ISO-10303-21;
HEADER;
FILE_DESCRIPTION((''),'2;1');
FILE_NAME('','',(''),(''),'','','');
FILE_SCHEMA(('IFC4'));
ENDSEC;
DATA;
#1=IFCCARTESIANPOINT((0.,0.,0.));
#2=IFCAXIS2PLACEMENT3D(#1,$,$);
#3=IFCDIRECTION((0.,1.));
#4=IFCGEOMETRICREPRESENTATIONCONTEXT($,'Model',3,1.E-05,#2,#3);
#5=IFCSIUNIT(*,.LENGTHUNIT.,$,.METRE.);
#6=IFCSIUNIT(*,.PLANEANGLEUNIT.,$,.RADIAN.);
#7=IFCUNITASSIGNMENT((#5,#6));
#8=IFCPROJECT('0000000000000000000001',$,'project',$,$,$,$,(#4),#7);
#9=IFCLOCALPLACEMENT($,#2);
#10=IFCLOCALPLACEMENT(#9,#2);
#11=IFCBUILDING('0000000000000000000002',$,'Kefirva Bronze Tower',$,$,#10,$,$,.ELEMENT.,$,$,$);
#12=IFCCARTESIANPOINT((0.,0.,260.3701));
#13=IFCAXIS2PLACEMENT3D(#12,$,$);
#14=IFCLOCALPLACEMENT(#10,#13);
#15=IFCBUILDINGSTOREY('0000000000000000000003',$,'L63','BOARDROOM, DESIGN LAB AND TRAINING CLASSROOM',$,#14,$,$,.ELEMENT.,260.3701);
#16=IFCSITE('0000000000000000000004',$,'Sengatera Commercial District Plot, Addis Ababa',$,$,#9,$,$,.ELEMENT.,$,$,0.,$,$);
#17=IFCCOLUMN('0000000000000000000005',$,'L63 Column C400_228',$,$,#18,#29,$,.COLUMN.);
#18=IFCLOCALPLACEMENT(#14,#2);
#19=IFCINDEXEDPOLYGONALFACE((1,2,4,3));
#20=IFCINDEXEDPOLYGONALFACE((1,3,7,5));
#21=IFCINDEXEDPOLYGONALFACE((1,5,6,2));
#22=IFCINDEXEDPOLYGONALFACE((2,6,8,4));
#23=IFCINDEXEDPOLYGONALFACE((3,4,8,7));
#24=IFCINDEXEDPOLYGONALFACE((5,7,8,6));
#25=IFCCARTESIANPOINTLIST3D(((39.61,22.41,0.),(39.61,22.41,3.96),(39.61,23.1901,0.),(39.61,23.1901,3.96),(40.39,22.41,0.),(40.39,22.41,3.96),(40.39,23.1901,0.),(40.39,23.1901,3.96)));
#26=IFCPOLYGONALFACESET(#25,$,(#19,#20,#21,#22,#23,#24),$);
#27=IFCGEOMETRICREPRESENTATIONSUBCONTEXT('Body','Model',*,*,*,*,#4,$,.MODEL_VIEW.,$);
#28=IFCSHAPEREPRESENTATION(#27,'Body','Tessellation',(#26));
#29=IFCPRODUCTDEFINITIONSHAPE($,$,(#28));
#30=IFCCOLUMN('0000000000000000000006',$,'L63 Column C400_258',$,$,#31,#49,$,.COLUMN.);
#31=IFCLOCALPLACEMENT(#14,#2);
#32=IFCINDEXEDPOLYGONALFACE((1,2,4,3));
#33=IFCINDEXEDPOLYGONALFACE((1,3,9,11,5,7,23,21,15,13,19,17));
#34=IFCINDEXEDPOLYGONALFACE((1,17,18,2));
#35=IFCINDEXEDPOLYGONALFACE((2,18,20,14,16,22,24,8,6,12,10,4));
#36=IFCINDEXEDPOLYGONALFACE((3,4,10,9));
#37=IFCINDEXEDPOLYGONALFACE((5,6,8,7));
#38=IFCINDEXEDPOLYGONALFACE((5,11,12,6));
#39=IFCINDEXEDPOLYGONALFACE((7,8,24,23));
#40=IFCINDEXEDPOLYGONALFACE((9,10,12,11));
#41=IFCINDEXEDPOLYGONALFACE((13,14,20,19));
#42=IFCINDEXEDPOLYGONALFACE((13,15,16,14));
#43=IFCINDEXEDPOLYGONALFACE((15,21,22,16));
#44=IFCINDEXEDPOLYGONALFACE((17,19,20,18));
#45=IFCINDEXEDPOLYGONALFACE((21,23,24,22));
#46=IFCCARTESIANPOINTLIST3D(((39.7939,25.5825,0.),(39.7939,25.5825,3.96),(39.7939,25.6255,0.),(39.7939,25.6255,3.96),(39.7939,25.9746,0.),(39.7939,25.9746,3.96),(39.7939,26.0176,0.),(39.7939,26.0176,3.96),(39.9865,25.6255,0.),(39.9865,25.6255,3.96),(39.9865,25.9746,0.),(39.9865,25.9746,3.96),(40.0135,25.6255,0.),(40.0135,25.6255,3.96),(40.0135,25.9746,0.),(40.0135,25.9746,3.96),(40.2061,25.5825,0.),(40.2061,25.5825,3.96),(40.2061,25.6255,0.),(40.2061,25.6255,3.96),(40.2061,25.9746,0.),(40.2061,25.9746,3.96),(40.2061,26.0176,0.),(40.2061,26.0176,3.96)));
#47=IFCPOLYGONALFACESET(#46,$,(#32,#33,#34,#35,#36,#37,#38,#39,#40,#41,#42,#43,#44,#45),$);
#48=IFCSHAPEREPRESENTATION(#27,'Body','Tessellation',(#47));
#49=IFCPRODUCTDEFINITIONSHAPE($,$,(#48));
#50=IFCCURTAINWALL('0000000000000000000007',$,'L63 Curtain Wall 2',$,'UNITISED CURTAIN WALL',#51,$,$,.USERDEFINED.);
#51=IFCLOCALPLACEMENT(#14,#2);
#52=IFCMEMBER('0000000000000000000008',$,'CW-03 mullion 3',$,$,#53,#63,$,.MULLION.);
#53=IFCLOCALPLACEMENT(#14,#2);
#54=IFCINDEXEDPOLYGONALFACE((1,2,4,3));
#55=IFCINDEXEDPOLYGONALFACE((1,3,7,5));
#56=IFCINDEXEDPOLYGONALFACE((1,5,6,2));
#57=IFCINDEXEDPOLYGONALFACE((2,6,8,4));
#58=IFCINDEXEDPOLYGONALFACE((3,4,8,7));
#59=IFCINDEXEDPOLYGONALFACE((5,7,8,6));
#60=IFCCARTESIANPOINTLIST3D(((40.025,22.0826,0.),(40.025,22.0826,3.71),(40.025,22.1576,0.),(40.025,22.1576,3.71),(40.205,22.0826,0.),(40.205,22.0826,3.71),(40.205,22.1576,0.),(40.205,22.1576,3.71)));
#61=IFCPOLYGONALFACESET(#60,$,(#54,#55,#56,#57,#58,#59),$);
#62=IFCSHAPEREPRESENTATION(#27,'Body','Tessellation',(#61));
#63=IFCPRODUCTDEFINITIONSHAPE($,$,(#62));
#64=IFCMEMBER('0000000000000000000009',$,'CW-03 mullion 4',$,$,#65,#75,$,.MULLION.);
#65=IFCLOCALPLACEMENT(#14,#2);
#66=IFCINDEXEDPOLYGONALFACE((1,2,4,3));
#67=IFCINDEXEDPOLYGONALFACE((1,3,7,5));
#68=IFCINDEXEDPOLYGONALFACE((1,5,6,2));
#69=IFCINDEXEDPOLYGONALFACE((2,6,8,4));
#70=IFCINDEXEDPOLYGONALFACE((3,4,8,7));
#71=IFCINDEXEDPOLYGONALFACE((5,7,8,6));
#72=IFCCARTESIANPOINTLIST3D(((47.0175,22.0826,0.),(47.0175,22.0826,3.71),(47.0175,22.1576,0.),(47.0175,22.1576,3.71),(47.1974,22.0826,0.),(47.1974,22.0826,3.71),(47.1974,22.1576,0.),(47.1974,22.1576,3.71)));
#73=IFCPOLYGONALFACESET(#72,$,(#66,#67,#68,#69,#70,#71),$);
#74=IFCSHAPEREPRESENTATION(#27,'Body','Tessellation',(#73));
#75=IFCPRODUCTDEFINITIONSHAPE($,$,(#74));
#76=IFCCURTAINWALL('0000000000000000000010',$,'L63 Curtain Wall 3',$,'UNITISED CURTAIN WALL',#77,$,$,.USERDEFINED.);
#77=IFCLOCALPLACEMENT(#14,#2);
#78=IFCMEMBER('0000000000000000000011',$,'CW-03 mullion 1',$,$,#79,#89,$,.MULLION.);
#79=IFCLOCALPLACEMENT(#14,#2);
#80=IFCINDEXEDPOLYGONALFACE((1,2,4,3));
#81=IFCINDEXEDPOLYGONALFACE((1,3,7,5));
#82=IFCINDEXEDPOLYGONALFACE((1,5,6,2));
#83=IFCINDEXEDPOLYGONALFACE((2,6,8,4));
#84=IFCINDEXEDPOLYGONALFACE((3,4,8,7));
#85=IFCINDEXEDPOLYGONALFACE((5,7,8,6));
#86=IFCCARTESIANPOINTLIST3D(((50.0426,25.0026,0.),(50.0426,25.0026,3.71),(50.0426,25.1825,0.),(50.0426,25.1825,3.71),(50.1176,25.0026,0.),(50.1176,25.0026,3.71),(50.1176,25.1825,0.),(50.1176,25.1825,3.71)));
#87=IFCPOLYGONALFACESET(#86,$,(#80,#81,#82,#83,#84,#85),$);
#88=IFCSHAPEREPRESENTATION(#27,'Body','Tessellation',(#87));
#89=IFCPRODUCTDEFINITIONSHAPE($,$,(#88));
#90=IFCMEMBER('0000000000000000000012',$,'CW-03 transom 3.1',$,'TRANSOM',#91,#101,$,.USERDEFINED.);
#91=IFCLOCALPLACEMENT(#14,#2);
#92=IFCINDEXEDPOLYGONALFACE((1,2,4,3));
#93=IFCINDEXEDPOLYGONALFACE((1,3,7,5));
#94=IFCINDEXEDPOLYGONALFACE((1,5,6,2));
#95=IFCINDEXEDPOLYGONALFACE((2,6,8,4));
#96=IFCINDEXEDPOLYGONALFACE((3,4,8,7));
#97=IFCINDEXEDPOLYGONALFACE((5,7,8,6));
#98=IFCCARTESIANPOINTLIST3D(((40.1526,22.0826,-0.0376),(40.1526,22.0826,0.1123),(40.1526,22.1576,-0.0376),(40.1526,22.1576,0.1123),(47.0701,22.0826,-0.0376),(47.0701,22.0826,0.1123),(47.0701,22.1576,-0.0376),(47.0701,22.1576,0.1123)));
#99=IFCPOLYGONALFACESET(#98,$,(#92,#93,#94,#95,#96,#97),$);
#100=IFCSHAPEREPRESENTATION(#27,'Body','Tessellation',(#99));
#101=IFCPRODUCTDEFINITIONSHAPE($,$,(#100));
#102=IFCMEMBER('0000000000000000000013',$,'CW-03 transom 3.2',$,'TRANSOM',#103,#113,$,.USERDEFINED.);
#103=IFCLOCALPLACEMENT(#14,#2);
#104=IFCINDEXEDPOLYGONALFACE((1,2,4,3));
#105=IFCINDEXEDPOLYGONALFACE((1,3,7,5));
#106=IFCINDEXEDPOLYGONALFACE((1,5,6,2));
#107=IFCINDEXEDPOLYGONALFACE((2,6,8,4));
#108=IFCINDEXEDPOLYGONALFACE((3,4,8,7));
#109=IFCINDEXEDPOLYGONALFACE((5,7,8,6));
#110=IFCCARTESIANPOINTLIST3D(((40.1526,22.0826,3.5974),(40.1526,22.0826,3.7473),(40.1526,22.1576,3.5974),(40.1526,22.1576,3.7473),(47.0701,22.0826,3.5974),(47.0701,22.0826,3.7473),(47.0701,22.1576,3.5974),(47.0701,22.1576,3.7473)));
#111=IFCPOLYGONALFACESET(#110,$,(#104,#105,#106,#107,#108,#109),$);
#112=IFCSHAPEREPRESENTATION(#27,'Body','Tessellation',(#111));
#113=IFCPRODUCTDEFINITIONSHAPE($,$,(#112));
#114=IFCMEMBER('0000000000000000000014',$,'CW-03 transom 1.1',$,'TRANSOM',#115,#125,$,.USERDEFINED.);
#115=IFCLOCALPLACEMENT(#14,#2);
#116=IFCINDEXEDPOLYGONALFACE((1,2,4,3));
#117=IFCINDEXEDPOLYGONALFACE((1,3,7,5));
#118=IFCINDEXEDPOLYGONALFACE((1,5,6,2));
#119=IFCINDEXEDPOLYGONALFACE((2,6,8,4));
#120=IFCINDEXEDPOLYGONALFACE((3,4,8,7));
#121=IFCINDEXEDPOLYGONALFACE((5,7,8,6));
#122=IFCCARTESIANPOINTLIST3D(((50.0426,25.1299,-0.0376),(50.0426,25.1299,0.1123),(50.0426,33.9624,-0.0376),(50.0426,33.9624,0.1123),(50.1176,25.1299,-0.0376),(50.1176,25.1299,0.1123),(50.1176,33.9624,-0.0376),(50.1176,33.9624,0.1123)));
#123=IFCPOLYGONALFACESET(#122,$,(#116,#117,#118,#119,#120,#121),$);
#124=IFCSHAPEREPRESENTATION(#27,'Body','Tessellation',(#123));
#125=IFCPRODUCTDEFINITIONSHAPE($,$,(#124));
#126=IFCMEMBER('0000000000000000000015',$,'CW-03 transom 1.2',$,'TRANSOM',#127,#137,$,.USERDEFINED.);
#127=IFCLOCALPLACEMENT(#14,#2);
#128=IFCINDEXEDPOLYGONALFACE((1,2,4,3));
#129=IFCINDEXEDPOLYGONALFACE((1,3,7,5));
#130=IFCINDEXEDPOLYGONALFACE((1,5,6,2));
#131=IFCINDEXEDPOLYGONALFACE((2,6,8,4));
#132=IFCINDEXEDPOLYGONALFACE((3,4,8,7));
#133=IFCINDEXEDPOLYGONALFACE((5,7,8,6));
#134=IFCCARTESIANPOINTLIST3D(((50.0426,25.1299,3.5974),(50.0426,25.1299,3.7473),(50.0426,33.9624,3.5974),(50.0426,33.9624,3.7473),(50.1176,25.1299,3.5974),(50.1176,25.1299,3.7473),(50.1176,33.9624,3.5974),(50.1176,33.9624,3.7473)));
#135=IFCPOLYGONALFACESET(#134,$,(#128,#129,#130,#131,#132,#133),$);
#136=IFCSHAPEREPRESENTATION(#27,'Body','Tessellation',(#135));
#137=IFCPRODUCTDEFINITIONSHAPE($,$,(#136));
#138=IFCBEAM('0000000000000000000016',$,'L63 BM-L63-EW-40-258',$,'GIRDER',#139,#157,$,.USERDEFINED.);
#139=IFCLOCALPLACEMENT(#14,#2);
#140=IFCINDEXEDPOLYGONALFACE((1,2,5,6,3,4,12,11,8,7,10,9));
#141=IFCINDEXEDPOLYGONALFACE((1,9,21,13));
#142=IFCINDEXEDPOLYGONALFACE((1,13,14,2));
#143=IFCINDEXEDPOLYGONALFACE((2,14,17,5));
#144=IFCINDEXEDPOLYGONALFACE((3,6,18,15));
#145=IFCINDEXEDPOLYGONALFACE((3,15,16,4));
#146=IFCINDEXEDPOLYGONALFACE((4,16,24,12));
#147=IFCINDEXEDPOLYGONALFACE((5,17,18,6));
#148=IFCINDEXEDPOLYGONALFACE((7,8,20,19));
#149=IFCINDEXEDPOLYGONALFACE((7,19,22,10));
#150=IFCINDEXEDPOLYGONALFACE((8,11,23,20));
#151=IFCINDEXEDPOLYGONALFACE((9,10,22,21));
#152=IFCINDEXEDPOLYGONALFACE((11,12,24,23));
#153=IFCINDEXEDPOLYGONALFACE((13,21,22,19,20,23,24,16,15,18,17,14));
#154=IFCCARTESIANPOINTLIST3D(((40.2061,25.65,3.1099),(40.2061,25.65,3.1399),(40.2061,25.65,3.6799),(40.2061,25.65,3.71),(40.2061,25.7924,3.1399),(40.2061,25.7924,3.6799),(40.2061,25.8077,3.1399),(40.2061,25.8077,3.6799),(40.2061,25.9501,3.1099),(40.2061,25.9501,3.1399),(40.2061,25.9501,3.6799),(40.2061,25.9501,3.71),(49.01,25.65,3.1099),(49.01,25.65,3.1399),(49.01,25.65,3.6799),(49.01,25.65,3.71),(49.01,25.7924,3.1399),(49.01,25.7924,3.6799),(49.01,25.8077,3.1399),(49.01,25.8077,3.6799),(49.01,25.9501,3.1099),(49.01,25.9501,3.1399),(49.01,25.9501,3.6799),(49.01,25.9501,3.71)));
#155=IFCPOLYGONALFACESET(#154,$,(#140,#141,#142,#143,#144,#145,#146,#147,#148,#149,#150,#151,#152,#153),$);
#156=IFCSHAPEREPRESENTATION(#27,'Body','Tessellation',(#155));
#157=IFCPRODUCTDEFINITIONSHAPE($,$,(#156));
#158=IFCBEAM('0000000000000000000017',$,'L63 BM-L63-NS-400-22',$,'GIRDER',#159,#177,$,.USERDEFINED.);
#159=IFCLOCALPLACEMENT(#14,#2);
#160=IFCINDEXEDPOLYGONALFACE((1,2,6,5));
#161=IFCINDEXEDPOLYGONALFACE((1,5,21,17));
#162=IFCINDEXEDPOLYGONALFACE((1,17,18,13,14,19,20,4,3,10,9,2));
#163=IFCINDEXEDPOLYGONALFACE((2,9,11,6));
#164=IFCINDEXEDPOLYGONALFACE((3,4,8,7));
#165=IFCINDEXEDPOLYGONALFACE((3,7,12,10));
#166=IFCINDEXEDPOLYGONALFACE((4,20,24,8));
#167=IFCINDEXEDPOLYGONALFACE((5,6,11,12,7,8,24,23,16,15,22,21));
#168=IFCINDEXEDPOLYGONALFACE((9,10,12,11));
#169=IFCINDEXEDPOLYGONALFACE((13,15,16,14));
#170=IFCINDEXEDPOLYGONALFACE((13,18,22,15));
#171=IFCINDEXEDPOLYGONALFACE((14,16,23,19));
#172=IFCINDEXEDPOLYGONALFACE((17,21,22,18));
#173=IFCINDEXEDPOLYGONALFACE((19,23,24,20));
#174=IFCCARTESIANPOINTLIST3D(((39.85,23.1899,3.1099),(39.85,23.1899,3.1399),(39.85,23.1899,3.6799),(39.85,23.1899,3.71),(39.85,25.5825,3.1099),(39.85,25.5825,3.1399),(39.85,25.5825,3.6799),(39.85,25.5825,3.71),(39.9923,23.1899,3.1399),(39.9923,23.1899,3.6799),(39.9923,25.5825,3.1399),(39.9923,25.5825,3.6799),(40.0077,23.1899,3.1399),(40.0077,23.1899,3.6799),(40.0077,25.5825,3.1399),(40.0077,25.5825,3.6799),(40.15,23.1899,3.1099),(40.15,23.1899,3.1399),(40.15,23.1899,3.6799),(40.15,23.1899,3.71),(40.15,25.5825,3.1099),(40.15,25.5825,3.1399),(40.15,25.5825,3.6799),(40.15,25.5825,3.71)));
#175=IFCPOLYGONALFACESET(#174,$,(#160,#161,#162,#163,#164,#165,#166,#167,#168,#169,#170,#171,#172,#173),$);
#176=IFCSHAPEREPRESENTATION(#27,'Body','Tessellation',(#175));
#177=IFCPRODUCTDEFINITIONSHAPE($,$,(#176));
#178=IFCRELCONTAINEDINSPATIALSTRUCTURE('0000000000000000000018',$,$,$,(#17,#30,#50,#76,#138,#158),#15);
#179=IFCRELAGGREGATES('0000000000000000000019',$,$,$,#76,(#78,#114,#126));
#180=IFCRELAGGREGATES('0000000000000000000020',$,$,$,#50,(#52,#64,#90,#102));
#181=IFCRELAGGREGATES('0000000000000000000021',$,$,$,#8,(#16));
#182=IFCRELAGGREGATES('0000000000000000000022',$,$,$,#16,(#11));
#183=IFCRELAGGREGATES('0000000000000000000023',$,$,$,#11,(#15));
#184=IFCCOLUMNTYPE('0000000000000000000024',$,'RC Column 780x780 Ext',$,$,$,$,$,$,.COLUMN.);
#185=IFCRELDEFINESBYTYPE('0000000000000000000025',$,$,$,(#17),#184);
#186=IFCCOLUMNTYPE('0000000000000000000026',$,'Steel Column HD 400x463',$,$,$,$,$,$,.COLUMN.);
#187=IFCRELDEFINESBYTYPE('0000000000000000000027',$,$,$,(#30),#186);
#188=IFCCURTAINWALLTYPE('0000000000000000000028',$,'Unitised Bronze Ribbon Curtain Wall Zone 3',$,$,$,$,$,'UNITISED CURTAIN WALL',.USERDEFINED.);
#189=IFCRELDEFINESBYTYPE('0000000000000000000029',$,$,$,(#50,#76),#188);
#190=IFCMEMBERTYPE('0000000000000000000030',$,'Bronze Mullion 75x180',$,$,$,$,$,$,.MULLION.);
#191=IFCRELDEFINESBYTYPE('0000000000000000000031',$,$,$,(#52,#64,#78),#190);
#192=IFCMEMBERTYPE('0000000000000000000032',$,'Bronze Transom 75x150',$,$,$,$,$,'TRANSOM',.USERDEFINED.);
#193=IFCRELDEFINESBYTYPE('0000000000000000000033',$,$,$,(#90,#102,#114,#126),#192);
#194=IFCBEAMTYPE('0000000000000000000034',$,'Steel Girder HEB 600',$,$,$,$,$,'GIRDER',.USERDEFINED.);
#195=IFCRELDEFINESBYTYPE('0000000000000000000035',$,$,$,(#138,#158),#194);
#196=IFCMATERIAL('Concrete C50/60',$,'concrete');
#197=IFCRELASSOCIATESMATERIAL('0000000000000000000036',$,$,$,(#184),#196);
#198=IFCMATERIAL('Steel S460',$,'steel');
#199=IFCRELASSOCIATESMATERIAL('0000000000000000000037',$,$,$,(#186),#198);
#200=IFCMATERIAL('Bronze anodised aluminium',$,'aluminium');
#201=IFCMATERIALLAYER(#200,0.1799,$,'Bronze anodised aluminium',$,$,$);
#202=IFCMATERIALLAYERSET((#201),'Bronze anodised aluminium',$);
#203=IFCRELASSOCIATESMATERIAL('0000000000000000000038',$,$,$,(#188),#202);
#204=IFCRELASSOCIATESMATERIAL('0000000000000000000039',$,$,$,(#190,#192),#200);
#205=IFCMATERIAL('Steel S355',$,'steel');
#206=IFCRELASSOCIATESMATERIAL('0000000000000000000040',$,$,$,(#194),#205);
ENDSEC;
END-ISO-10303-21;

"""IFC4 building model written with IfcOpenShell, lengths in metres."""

from ifc_helpers import new_model, si_unit, direction, frame, origin, origin_2d, place, context, subcontext, project, spatial, rectangle, i_section, extrude, material, layer, layer_set, material_profile, profile_set, type_object, element, aggregate, save


model = new_model("IFC4")

# Units and contexts
model_context = context("Model", 3, precision=1e-05, world=origin(), true_north=direction((0.0, 1.0)))
body_context = subcontext(model_context, "Body", "Model", "MODEL_VIEW")
ifc_project = project(units=[si_unit("LENGTHUNIT", "METRE"), si_unit("PLANEANGLEUNIT", "RADIAN")], contexts=[model_context])

# Site, building, storey
site_placement = place(None, origin())
site = spatial("IfcSite", under=ifc_project, at=site_placement, Name="Sengatera Commercial District Plot, Addis Ababa", CompositionType="ELEMENT", RefElevation=0.0)
building_placement = place(site_placement, origin())
building = spatial("IfcBuilding", under=site, at=building_placement, Name="Kefirva Bronze Tower", CompositionType="ELEMENT")
storey_placement = place(building_placement, frame((0.0, 0.0, 260.3701)))
storey = spatial("IfcBuildingStorey", under=building, at=storey_placement, Name="L63", Description="BOARDROOM, DESIGN LAB AND TRAINING CLASSROOM", CompositionType="ELEMENT", Elevation=260.3701)

# Columns
ifc_material_1 = material(Name="Concrete C50/60", Category="concrete")
ifc_material_profile_1 = material_profile(ifc_material_1, rectangle(XDim=0.78, YDim=0.78, at=origin_2d()), Name="RC 780x780")
ifc_profile_set_1 = profile_set([ifc_material_profile_1], Name="Concrete C50/60")
column_type_1 = type_object("IfcColumnType", Name="RC Column 780x780 Ext", PredefinedType="COLUMN", material=ifc_profile_set_1)
column_1_placement = place(storey_placement, frame((40.0, 22.8, 0.0), z_axis=(0.0, 0.0, 1.0), x_axis=(1.0, 0.0, 0.0)))
element("IfcColumn", 1, at=column_1_placement, inside=storey, type_object=column_type_1, Name="L63 Column C400_228", PredefinedType="COLUMN", context=body_context, shape_type="SweptSolid", body=[
    extrude(rectangle(XDim=0.78, YDim=0.78, at=origin_2d()), origin(), (0.0, 0.0, 1.0), 3.96),
])
ifc_material_2 = material(Name="Steel S460", Category="steel")
ifc_material_profile_2 = material_profile(ifc_material_2, i_section(OverallWidth=0.4121, OverallDepth=0.4351, WebThickness=0.0271, FlangeThickness=0.043, at=origin_2d()), Name="HD 400x463")
ifc_profile_set_2 = profile_set([ifc_material_profile_2], Name="Steel S460")
column_type_2 = type_object("IfcColumnType", Name="Steel Column HD 400x463", PredefinedType="COLUMN", material=ifc_profile_set_2)
column_2_placement = place(storey_placement, frame((40.0, 25.8, 0.0), z_axis=(0.0, 0.0, 1.0), x_axis=(1.0, 0.0, 0.0)))
element("IfcColumn", 2, at=column_2_placement, inside=storey, type_object=column_type_2, Name="L63 Column C400_258", PredefinedType="COLUMN", context=body_context, shape_type="SweptSolid", body=[
    extrude(i_section(OverallWidth=0.4121, OverallDepth=0.4351, WebThickness=0.0271, FlangeThickness=0.043, at=origin_2d()), origin(), (0.0, 0.0, 1.0), 3.96),
])

# Curtain wall, members
ifc_material_3 = material(Name="Bronze anodised aluminium", Category="aluminium")
ifc_layer_1 = layer(ifc_material_3, 0.1799, Name="Bronze anodised aluminium")
ifc_layer_set_1 = layer_set([ifc_layer_1], Name="Bronze anodised aluminium")
curtain_wall_type = type_object("IfcCurtainWallType", Name="Unitised Bronze Ribbon Curtain Wall Zone 3", ElementType="UNITISED CURTAIN WALL", PredefinedType="USERDEFINED", material=ifc_layer_set_1)
curtain_wall_1_placement = place(storey_placement, origin())
curtain_wall_1 = element("IfcCurtainWall", 3, at=curtain_wall_1_placement, inside=storey, type_object=curtain_wall_type, Name="L63 Curtain Wall 2", ObjectType="UNITISED CURTAIN WALL", PredefinedType="USERDEFINED")
ifc_material_profile_3 = material_profile(ifc_material_3, rectangle(XDim=0.075, YDim=0.1799, at=origin_2d()), Name="ALU 75x180")
ifc_profile_set_3 = profile_set([ifc_material_profile_3], Name="Bronze anodised aluminium")
member_type_1 = type_object("IfcMemberType", Name="Bronze Mullion 75x180", PredefinedType="MULLION", material=ifc_profile_set_3)
member_1_placement = place(storey_placement, frame((40.115, 22.1201, 0.0), z_axis=(0.0, 0.0, 1.0), x_axis=(0.0, 1.0, 0.0)))
member_1 = element("IfcMember", 4, at=member_1_placement, type_object=member_type_1, Name="CW-03 mullion 3", PredefinedType="MULLION", context=body_context, shape_type="SweptSolid", body=[
    extrude(rectangle(XDim=0.075, YDim=0.1799, at=origin_2d()), origin(), (0.0, 0.0, 1.0), 3.71),
])
member_2_placement = place(storey_placement, frame((47.1074, 22.1201, 0.0), z_axis=(0.0, 0.0, 1.0), x_axis=(0.0, 1.0, 0.0)))
member_2 = element("IfcMember", 5, at=member_2_placement, type_object=member_type_1, Name="CW-03 mullion 4", PredefinedType="MULLION", context=body_context, shape_type="SweptSolid", body=[
    extrude(rectangle(XDim=0.075, YDim=0.1799, at=origin_2d()), origin(), (0.0, 0.0, 1.0), 3.71),
])

# Curtain wall, member
curtain_wall_2_placement = place(storey_placement, origin())
curtain_wall_2 = element("IfcCurtainWall", 6, at=curtain_wall_2_placement, inside=storey, type_object=curtain_wall_type, Name="L63 Curtain Wall 3", ObjectType="UNITISED CURTAIN WALL", PredefinedType="USERDEFINED")
member_3_placement = place(storey_placement, frame((50.0801, 25.0925, 0.0), z_axis=(0.0, 0.0, 1.0), x_axis=(-1.0, 0.0, 0.0)))
member_3 = element("IfcMember", 7, at=member_3_placement, type_object=member_type_1, Name="CW-03 mullion 1", PredefinedType="MULLION", context=body_context, shape_type="SweptSolid", body=[
    extrude(rectangle(XDim=0.075, YDim=0.1799, at=origin_2d()), origin(), (0.0, 0.0, 1.0), 3.71),
])

# Members
ifc_material_profile_4 = material_profile(ifc_material_3, rectangle(XDim=0.075, YDim=0.1499, at=origin_2d()), Name="ALU 75x150")
ifc_profile_set_4 = profile_set([ifc_material_profile_4], Name="Bronze anodised aluminium")
member_type_2 = type_object("IfcMemberType", Name="Bronze Transom 75x150", ElementType="TRANSOM", PredefinedType="USERDEFINED", material=ifc_profile_set_4)
member_4_placement = place(storey_placement, frame((40.1526, 22.1201, 0.0374), z_axis=(1.0, 0.0, 0.0), x_axis=(0.0, 1.0, 0.0)))
member_4 = element("IfcMember", 8, at=member_4_placement, type_object=member_type_2, Name="CW-03 transom 3.1", ObjectType="TRANSOM", PredefinedType="USERDEFINED", context=body_context, shape_type="SweptSolid", body=[
    extrude(rectangle(XDim=0.075, YDim=0.1499, at=origin_2d()), origin(), (0.0, 0.0, 1.0), 6.9175),
])
member_5_placement = place(storey_placement, frame((40.1526, 22.1201, 3.6724), z_axis=(1.0, 0.0, 0.0), x_axis=(0.0, 1.0, 0.0)))
member_5 = element("IfcMember", 9, at=member_5_placement, type_object=member_type_2, Name="CW-03 transom 3.2", ObjectType="TRANSOM", PredefinedType="USERDEFINED", context=body_context, shape_type="SweptSolid", body=[
    extrude(rectangle(XDim=0.075, YDim=0.1499, at=origin_2d()), origin(), (0.0, 0.0, 1.0), 6.9175),
])
member_6_placement = place(storey_placement, frame((50.0801, 25.1299, 0.0374), z_axis=(0.0, 1.0, 0.0), x_axis=(-1.0, 0.0, 0.0)))
member_6 = element("IfcMember", 10, at=member_6_placement, type_object=member_type_2, Name="CW-03 transom 1.1", ObjectType="TRANSOM", PredefinedType="USERDEFINED", context=body_context, shape_type="SweptSolid", body=[
    extrude(rectangle(XDim=0.075, YDim=0.1499, at=origin_2d()), origin(), (0.0, 0.0, 1.0), 8.8325),
])
member_7_placement = place(storey_placement, frame((50.0801, 25.1299, 3.6724), z_axis=(0.0, 1.0, 0.0), x_axis=(-1.0, 0.0, 0.0)))
member_7 = element("IfcMember", 11, at=member_7_placement, type_object=member_type_2, Name="CW-03 transom 1.2", ObjectType="TRANSOM", PredefinedType="USERDEFINED", context=body_context, shape_type="SweptSolid", body=[
    extrude(rectangle(XDim=0.075, YDim=0.1499, at=origin_2d()), origin(), (0.0, 0.0, 1.0), 8.8325),
])
aggregate(curtain_wall_2, [member_3, member_6, member_7])

# Beams
ifc_material_4 = material(Name="Steel S355", Category="steel")
ifc_material_profile_5 = material_profile(ifc_material_4, i_section(OverallWidth=0.3, OverallDepth=0.6001, WebThickness=0.0154, FlangeThickness=0.03, at=origin_2d()), Name="HEB 600")
ifc_profile_set_5 = profile_set([ifc_material_profile_5], Name="Steel S355")
beam_type = type_object("IfcBeamType", Name="Steel Girder HEB 600", ElementType="GIRDER", PredefinedType="USERDEFINED", material=ifc_profile_set_5)
beam_1_placement = place(storey_placement, frame((40.2061, 25.8, 3.4099), z_axis=(1.0, 0.0, 0.0), x_axis=(0.0, 1.0, 0.0)))
element("IfcBeam", 12, at=beam_1_placement, inside=storey, type_object=beam_type, Name="L63 BM-L63-EW-40-258", ObjectType="GIRDER", PredefinedType="USERDEFINED", context=body_context, shape_type="SweptSolid", body=[
    extrude(i_section(OverallWidth=0.3, OverallDepth=0.6001, WebThickness=0.0154, FlangeThickness=0.03, at=origin_2d()), origin(), (0.0, 0.0, 1.0), 8.804),
])
beam_2_placement = place(storey_placement, frame((40.0, 23.1899, 3.4099), z_axis=(0.0, 1.0, 0.0), x_axis=(-1.0, 0.0, 0.0)))
element("IfcBeam", 13, at=beam_2_placement, inside=storey, type_object=beam_type, Name="L63 BM-L63-NS-400-22", ObjectType="GIRDER", PredefinedType="USERDEFINED", context=body_context, shape_type="SweptSolid", body=[
    extrude(i_section(OverallWidth=0.3, OverallDepth=0.6001, WebThickness=0.0154, FlangeThickness=0.03, at=origin_2d()), origin(), (0.0, 0.0, 1.0), 2.3926),
])

aggregate(curtain_wall_1, [member_1, member_2, member_4, member_5])

save(model, "model.ifc")
